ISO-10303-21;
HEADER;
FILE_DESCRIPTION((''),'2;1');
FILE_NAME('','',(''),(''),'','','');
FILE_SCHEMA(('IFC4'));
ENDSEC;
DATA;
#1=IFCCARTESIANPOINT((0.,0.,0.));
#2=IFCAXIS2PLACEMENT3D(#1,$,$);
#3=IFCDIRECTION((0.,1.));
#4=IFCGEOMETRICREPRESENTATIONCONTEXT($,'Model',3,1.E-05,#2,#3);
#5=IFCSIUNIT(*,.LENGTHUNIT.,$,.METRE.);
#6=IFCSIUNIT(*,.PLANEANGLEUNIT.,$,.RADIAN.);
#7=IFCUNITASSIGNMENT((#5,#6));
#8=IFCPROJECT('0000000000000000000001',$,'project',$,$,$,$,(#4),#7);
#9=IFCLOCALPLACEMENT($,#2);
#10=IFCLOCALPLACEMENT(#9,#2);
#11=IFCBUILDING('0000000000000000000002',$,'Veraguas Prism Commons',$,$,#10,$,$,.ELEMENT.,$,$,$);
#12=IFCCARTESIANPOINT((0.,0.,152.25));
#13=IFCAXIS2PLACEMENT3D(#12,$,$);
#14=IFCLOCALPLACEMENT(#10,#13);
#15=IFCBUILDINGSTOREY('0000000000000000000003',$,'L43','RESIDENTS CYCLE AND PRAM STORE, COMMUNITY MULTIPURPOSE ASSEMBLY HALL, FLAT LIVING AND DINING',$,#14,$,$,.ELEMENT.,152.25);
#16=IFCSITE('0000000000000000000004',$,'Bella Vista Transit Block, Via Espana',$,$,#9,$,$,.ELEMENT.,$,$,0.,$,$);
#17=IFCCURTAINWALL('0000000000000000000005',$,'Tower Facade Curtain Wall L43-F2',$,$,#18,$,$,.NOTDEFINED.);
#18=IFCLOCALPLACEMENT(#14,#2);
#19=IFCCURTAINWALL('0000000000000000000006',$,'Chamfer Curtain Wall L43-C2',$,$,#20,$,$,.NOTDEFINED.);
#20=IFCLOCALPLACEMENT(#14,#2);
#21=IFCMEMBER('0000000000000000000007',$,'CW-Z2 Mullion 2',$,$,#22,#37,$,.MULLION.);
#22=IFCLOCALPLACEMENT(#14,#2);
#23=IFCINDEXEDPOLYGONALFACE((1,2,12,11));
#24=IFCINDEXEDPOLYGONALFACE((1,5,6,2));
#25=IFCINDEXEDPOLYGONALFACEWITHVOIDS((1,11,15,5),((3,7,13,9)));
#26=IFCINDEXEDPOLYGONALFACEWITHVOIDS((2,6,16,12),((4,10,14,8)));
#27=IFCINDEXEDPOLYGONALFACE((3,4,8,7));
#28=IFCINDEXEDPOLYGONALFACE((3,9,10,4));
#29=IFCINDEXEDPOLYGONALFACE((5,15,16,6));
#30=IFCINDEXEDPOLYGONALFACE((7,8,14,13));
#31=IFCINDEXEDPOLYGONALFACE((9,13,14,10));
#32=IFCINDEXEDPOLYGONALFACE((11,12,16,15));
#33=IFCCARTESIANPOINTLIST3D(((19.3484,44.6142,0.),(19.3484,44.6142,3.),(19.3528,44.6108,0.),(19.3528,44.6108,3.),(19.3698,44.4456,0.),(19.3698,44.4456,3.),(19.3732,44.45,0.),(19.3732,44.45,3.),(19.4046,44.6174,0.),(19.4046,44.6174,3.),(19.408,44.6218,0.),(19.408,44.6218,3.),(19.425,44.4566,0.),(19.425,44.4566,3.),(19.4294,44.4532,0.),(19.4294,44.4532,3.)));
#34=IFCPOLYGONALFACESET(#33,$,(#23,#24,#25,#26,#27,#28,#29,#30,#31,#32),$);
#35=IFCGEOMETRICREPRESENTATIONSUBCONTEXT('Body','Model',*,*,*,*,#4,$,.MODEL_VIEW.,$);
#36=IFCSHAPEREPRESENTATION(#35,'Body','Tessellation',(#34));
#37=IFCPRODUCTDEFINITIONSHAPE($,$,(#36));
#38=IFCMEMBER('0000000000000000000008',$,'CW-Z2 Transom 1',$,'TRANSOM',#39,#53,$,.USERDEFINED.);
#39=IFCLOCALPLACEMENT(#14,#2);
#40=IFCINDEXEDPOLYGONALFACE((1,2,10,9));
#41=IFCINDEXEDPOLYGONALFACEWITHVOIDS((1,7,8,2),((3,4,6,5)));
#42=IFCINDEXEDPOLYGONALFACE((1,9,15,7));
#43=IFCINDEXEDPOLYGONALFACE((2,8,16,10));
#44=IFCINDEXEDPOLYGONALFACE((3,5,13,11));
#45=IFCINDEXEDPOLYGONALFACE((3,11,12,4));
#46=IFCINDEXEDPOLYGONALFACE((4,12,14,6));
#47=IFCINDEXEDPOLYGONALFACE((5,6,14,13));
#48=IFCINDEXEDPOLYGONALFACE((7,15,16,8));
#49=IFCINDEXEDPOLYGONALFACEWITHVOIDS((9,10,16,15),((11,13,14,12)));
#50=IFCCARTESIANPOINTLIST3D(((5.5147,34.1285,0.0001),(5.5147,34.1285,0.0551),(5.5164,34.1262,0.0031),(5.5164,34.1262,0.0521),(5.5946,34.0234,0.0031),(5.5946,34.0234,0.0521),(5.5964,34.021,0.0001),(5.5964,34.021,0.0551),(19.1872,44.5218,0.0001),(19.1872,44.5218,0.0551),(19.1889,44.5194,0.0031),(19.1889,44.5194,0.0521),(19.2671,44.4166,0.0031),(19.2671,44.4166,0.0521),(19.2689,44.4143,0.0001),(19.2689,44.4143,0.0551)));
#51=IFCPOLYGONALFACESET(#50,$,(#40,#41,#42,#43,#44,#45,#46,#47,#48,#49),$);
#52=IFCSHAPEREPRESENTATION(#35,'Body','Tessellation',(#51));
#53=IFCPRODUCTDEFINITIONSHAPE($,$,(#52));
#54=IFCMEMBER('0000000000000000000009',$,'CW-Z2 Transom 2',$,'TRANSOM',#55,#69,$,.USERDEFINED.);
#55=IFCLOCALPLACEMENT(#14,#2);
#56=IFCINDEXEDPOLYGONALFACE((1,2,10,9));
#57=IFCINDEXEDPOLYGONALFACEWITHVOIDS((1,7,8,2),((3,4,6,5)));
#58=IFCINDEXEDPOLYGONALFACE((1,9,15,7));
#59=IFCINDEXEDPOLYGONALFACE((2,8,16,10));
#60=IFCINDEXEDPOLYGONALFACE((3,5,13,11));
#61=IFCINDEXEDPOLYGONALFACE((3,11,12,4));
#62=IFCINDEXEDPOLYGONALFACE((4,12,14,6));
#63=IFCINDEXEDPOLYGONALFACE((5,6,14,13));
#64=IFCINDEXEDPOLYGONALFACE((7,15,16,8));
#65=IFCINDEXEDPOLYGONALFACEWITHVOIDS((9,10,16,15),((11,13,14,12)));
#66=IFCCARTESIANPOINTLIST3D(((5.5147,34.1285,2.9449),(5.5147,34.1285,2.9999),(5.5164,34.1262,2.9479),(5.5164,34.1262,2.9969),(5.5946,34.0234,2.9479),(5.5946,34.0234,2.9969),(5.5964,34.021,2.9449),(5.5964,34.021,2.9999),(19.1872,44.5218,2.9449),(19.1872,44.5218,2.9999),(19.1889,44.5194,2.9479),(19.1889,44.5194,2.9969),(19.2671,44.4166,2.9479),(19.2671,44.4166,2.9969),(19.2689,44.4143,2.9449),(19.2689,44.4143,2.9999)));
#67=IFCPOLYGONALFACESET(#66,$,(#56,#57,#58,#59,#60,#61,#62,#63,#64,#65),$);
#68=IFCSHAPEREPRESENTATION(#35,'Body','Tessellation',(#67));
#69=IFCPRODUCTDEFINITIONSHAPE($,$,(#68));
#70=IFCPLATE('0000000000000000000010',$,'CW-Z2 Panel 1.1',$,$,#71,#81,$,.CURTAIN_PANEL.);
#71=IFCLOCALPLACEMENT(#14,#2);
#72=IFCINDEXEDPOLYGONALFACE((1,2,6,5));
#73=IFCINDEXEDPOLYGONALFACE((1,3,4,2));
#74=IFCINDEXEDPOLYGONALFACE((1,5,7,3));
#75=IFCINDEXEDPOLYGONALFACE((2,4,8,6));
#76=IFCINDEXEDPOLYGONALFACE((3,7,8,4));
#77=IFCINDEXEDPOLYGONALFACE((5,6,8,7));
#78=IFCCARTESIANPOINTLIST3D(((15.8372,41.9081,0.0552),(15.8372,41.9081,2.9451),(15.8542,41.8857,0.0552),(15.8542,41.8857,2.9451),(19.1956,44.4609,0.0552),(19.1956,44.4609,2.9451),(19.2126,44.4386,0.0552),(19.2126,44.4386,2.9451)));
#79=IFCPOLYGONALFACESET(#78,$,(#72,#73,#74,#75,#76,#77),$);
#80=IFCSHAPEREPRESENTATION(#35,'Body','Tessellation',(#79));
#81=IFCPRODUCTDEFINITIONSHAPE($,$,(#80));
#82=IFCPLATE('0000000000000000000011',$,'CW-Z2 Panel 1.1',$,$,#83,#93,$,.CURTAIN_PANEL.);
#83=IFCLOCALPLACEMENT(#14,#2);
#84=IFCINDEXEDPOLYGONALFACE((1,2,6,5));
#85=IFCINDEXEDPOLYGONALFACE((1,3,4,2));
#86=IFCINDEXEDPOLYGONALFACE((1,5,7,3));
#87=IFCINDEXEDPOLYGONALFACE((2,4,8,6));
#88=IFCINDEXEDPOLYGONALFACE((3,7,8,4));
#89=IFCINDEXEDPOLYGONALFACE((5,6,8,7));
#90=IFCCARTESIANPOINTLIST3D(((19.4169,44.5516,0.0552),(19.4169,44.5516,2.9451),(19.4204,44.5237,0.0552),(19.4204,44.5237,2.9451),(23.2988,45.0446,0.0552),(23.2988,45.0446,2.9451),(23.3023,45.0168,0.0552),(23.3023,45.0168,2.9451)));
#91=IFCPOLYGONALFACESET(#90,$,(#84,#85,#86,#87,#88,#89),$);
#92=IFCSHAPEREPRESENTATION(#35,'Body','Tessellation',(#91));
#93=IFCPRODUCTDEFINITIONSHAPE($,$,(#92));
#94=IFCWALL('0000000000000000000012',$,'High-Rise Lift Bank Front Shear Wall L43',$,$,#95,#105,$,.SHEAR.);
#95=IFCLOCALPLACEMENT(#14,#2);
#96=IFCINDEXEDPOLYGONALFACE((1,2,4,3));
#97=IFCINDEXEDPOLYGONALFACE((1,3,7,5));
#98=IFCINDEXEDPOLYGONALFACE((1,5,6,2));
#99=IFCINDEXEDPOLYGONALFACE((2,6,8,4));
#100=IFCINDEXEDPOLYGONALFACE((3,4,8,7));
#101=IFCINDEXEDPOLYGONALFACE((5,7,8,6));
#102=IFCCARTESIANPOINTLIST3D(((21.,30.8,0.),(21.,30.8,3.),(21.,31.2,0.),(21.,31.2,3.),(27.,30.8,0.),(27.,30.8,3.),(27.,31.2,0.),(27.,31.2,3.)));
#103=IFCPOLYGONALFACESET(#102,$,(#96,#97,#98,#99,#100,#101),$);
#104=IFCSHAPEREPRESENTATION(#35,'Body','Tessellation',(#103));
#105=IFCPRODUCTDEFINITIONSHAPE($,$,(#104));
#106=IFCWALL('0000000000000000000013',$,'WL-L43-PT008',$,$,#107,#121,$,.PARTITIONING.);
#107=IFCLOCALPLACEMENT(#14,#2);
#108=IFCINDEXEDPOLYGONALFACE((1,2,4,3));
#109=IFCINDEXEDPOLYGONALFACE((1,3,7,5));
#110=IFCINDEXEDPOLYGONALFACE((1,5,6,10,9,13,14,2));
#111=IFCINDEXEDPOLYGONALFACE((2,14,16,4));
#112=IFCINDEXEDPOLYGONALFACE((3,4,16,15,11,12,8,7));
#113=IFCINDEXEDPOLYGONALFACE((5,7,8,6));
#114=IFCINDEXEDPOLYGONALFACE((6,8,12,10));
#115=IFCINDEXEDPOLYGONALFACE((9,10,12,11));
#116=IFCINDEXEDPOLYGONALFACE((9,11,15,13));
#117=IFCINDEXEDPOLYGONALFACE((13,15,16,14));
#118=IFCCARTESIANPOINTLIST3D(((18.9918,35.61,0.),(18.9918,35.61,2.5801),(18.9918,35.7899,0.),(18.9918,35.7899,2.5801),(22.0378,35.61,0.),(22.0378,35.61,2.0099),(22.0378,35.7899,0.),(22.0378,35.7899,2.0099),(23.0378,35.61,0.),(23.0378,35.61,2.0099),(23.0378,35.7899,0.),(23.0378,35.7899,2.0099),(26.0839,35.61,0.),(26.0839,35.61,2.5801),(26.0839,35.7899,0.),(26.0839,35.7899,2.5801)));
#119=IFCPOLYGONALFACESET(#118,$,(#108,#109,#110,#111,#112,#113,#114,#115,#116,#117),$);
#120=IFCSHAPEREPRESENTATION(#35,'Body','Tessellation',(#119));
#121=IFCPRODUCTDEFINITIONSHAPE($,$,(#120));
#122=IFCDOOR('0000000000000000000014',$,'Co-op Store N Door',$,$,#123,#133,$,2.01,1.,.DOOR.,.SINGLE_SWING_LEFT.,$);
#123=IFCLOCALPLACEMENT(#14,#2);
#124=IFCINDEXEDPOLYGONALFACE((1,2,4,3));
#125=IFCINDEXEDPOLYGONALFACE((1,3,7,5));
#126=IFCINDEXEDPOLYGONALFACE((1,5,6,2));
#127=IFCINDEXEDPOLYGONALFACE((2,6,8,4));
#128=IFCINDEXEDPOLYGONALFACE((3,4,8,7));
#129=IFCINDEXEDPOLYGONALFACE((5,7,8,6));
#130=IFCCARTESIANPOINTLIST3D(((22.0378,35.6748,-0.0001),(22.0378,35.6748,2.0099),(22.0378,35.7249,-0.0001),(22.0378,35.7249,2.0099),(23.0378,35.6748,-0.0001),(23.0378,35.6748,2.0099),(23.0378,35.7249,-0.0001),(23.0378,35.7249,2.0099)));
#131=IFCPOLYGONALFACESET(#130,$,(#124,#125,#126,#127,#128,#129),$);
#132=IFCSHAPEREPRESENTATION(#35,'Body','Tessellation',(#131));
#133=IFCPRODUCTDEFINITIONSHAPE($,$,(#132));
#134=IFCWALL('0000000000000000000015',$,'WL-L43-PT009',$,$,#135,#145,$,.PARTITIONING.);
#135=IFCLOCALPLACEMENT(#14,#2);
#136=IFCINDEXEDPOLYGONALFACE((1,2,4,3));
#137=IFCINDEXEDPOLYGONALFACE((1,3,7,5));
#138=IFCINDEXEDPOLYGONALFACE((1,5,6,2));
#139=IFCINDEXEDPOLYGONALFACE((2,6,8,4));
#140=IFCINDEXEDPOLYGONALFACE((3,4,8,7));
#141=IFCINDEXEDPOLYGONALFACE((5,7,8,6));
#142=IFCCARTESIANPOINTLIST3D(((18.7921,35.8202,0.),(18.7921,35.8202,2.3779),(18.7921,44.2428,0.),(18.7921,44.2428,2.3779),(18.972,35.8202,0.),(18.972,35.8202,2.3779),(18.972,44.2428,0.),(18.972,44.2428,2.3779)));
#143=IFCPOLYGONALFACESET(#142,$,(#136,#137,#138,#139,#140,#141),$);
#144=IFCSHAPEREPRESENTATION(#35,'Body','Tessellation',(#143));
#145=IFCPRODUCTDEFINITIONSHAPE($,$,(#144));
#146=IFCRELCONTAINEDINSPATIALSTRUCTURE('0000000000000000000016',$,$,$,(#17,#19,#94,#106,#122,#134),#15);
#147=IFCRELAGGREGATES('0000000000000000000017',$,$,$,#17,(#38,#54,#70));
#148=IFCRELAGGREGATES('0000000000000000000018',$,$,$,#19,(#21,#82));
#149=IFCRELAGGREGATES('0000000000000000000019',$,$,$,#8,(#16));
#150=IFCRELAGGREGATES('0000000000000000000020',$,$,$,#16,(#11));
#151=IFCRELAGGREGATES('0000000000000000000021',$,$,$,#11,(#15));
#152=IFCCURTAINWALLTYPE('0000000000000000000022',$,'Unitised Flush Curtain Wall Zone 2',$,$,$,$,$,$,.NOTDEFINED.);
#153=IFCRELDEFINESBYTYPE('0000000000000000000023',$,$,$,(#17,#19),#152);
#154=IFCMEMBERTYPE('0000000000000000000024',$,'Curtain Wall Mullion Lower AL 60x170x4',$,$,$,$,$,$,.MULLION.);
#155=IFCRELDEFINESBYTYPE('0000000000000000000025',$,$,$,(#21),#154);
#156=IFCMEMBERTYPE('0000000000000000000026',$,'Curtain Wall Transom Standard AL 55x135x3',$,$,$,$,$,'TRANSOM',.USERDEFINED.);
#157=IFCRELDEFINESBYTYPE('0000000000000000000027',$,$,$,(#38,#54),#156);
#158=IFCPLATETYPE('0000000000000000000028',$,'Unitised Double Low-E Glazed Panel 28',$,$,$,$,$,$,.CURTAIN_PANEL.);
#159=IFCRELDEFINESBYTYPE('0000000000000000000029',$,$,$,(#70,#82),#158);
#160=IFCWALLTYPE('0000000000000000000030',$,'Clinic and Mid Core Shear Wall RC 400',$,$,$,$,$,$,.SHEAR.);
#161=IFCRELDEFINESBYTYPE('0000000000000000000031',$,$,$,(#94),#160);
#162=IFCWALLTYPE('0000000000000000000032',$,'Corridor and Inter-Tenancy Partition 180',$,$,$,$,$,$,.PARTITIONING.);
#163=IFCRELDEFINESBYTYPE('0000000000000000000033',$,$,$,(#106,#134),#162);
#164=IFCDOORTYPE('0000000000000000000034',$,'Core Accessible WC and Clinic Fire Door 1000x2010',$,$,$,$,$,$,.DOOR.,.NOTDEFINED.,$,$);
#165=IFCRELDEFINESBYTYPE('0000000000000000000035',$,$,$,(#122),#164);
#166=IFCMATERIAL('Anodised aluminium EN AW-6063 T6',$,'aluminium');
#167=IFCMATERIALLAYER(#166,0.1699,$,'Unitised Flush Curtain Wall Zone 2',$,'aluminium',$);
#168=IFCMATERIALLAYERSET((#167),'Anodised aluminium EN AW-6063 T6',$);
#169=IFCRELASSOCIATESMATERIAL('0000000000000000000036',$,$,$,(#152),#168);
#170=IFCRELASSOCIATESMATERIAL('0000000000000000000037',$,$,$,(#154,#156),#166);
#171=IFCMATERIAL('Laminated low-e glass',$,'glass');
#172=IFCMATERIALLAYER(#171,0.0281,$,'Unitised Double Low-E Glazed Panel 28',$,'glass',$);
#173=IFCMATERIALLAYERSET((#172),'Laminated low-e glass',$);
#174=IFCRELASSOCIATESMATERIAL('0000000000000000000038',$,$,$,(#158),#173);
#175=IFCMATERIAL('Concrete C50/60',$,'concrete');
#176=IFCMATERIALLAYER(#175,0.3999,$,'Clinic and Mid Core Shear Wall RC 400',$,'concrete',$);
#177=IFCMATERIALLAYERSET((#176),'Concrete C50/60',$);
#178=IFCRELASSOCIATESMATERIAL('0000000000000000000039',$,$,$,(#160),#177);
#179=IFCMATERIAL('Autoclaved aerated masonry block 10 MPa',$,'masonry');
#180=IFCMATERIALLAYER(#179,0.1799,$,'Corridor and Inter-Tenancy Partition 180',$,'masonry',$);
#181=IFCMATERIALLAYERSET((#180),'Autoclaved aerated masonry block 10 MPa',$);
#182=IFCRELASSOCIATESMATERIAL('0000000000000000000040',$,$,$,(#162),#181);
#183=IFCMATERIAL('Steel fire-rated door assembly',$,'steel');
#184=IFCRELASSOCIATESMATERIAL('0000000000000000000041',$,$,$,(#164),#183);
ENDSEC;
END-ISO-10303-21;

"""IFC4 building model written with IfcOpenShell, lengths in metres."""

from ifc_helpers import new_model, si_unit, direction, frame, frame_2d, origin, origin_2d, place, context, subcontext, project, spatial, rectangle, hollow_rectangle, extrude, source, transform, mapped, material, layer, layer_set, material_profile, profile_set, type_object, element, fill, aggregate, save


model = new_model("IFC4")

# Units and contexts
model_context = context("Model", 3, precision=1e-05, world=origin(), true_north=direction((0.0, 1.0)))
body_context = subcontext(model_context, "Body", "Model", "MODEL_VIEW")
ifc_project = project(units=[si_unit("LENGTHUNIT", "METRE"), si_unit("PLANEANGLEUNIT", "RADIAN")], contexts=[model_context])

# Site, building, storey
site_placement = place(None, origin())
site = spatial("IfcSite", under=ifc_project, at=site_placement, Name="Bella Vista Transit Block, Via Espana", CompositionType="ELEMENT", RefElevation=0.0)
building_placement = place(site_placement, origin())
building = spatial("IfcBuilding", under=site, at=building_placement, Name="Veraguas Prism Commons", CompositionType="ELEMENT")
storey_placement = place(building_placement, frame((0.0, 0.0, 152.25)))
storey = spatial("IfcBuildingStorey", under=building, at=storey_placement, Name="L43", Description="RESIDENTS CYCLE AND PRAM STORE, COMMUNITY MULTIPURPOSE ASSEMBLY HALL, FLAT LIVING AND DINING", CompositionType="ELEMENT", Elevation=152.25)

# Shared definitions
ifc_material_1 = material(Name="Concrete C50/60", Category="concrete")

# Curtain walls, member
ifc_material_2 = material(Name="Anodised aluminium EN AW-6063 T6", Category="aluminium")
ifc_layer_1 = layer(ifc_material_2, 0.1699, Name="Unitised Flush Curtain Wall Zone 2", Category="aluminium")
ifc_layer_set_1 = layer_set([ifc_layer_1], Name="Anodised aluminium EN AW-6063 T6")
curtain_wall_type = type_object("IfcCurtainWallType", Name="Unitised Flush Curtain Wall Zone 2", PredefinedType="NOTDEFINED", material=ifc_layer_set_1)
curtain_wall_1_placement = place(storey_placement, origin())
curtain_wall_1 = element("IfcCurtainWall", 1, at=curtain_wall_1_placement, inside=storey, type_object=curtain_wall_type, Name="Tower Facade Curtain Wall L43-F2", PredefinedType="NOTDEFINED")
ifc_material_profile_1 = material_profile(ifc_material_2, hollow_rectangle(XDim=0.0601, YDim=0.1699, WallThickness=0.0039, at=origin_2d()), Name="AL60X170X4")
ifc_profile_set_1 = profile_set([ifc_material_profile_1], Name="Anodised aluminium EN AW-6063 T6")
member_type_1 = type_object("IfcMemberType", Name="Curtain Wall Mullion Lower AL 60x170x4", PredefinedType="MULLION", material=ifc_profile_set_1)
shared_shape_1 = source(origin(), body_context, "Body", "SweptSolid", [
    extrude(hollow_rectangle(XDim=0.0601, YDim=0.1699, WallThickness=0.0039, at=origin_2d()), origin(), (0.0, 0.0, 1.0), 3.0),
])
curtain_wall_2_placement = place(storey_placement, origin())
curtain_wall_2 = element("IfcCurtainWall", 2, at=curtain_wall_2_placement, inside=storey, type_object=curtain_wall_type, Name="Chamfer Curtain Wall L43-C2", PredefinedType="NOTDEFINED")
member_1_placement = place(storey_placement, frame((19.3889, 44.5337, 0.0), z_axis=(0.0, 0.0, 1.0), x_axis=(-0.99203, -0.126005, 0.0)))
member_1 = element("IfcMember", 3, at=member_1_placement, type_object=member_type_1, Name="CW-Z2 Mullion 2", PredefinedType="MULLION", context=body_context, shape_type="MappedRepresentation", body=[
    mapped(shared_shape_1, transform((0.0, 0.0, 0.0), scale=1.0)),
])

# Members
ifc_material_profile_2 = material_profile(ifc_material_2, hollow_rectangle(XDim=0.0549, YDim=0.135, WallThickness=0.0029, at=origin_2d()), Name="AL55X135X3")
ifc_profile_set_2 = profile_set([ifc_material_profile_2], Name="Anodised aluminium EN AW-6063 T6")
member_type_2 = type_object("IfcMemberType", Name="Curtain Wall Transom Standard AL 55x135x3", ElementType="TRANSOM", PredefinedType="USERDEFINED", material=ifc_profile_set_2)
shared_shape_2 = source(origin(), body_context, "Body", "SweptSolid", [
    extrude(hollow_rectangle(XDim=0.0549, YDim=0.135, WallThickness=0.0029, at=origin_2d()), origin(), (0.0, 0.0, 1.0), 17.1743),
])
member_2_placement = place(storey_placement, frame((19.228, 44.468, 0.0276), z_axis=(-0.796102, -0.605162, 0.0), x_axis=(0.0, 0.0, 1.0)))
member_2 = element("IfcMember", 4, at=member_2_placement, type_object=member_type_2, Name="CW-Z2 Transom 1", ObjectType="TRANSOM", PredefinedType="USERDEFINED", context=body_context, shape_type="MappedRepresentation", body=[
    mapped(shared_shape_2, transform((0.0, 0.0, 0.0), scale=1.0)),
])
member_3_placement = place(storey_placement, frame((19.228, 44.468, 2.9724), z_axis=(-0.796102, -0.605162, 0.0), x_axis=(0.0, 0.0, 1.0)))
member_3 = element("IfcMember", 5, at=member_3_placement, type_object=member_type_2, Name="CW-Z2 Transom 2", ObjectType="TRANSOM", PredefinedType="USERDEFINED", context=body_context, shape_type="MappedRepresentation", body=[
    mapped(shared_shape_2, transform((0.0, 0.0, 0.0), scale=1.0)),
])

# Plates
ifc_material_3 = material(Name="Laminated low-e glass", Category="glass")
ifc_layer_2 = layer(ifc_material_3, 0.0281, Name="Unitised Double Low-E Glazed Panel 28", Category="glass")
ifc_layer_set_2 = layer_set([ifc_layer_2], Name="Laminated low-e glass")
plate_type = type_object("IfcPlateType", Name="Unitised Double Low-E Glazed Panel 28", PredefinedType="CURTAIN_PANEL", material=ifc_layer_set_2)
shared_shape_3 = source(origin(), body_context, "Body", "SweptSolid", [
    extrude(rectangle(XDim=4.2185, YDim=0.0281, at=origin_2d()), origin(), (0.0, 0.0, 1.0), 2.8899),
])
plate_1_placement = place(storey_placement, frame((17.5249, 43.1733, 0.0552), z_axis=(0.0, 0.0, 1.0), x_axis=(-0.796104, -0.605159, 0.0)))
plate_1 = element("IfcPlate", 6, at=plate_1_placement, type_object=plate_type, Name="CW-Z2 Panel 1.1", PredefinedType="CURTAIN_PANEL", context=body_context, shape_type="MappedRepresentation", body=[
    mapped(shared_shape_3, transform((0.0, 0.0, 0.0), scale=1.0)),
])
aggregate(curtain_wall_1, [member_2, member_3, plate_1])
shared_shape_4 = source(origin(), body_context, "Body", "SweptSolid", [
    extrude(rectangle(XDim=3.9131, YDim=0.0281, at=origin_2d()), origin(), (0.0, 0.0, 1.0), 2.8899),
])
plate_2_placement = place(storey_placement, frame((21.3596, 44.7842, 0.0552), z_axis=(0.0, 0.0, 1.0), x_axis=(-0.99203, -0.126005, 0.0)))
plate_2 = element("IfcPlate", 7, at=plate_2_placement, type_object=plate_type, Name="CW-Z2 Panel 1.1", PredefinedType="CURTAIN_PANEL", context=body_context, shape_type="MappedRepresentation", body=[
    mapped(shared_shape_4, transform((0.0, 0.0, 0.0), scale=1.0)),
])
aggregate(curtain_wall_2, [member_1, plate_2])

# Wall
ifc_layer_3 = layer(ifc_material_1, 0.3999, Name="Clinic and Mid Core Shear Wall RC 400", Category="concrete")
ifc_layer_set_3 = layer_set([ifc_layer_3], Name="Concrete C50/60")
wall_type_1 = type_object("IfcWallType", Name="Clinic and Mid Core Shear Wall RC 400", PredefinedType="SHEAR", material=ifc_layer_set_3)
wall_1_placement = place(storey_placement, frame((21.0, 31.0, 0.0), z_axis=(0.0, 0.0, 1.0), x_axis=(1.0, 0.0, 0.0)))
element("IfcWall", 8, at=wall_1_placement, inside=storey, type_object=wall_type_1, Name="High-Rise Lift Bank Front Shear Wall L43", PredefinedType="SHEAR", context=body_context, shape_type="SweptSolid", body=[
    extrude(rectangle(XDim=6.0, YDim=0.3999, at=frame_2d((3.0, 0.0))), origin(), (0.0, 0.0, 1.0), 3.0),
])

# Wall, opening, door
ifc_material_4 = material(Name="Autoclaved aerated masonry block 10 MPa", Category="masonry")
ifc_layer_4 = layer(ifc_material_4, 0.1799, Name="Corridor and Inter-Tenancy Partition 180", Category="masonry")
ifc_layer_set_4 = layer_set([ifc_layer_4], Name="Autoclaved aerated masonry block 10 MPa")
wall_type_2 = type_object("IfcWallType", Name="Corridor and Inter-Tenancy Partition 180", PredefinedType="PARTITIONING", material=ifc_layer_set_4)
wall_2_placement = place(storey_placement, frame((18.9919, 35.7, 0.0), z_axis=(0.0, 0.0, 1.0), x_axis=(1.0, 0.0, 0.0)))
wall_2 = element("IfcWall", 9, at=wall_2_placement, inside=storey, type_object=wall_type_2, Name="WL-L43-PT008", PredefinedType="PARTITIONING", context=body_context, shape_type="SweptSolid", body=[
    extrude(rectangle(XDim=7.092, YDim=0.1799, at=frame_2d((3.5459, 0.0))), origin(), (0.0, 0.0, 1.0), 2.5801),
])
opening_placement = place(wall_2_placement, frame((3.0459, 0.0, 0.0)))
opening = element("IfcOpeningElement", 10, at=opening_placement, cuts=wall_2, PredefinedType="OPENING", context=body_context, shape_type="SweptSolid", body=[
    extrude(rectangle(XDim=1.0, YDim=2.01, at=frame_2d((0.5, 1.0049))), frame((0.0, 0.0999, 0.0), z_axis=(0.0, -1.0, 0.0), x_axis=(1.0, 0.0, 0.0)), (0.0, 0.0, 1.0), 0.2),
])
ifc_material_5 = material(Name="Steel fire-rated door assembly", Category="steel")
door_type = type_object("IfcDoorType", Name="Core Accessible WC and Clinic Fire Door 1000x2010", OperationType="NOTDEFINED", PredefinedType="DOOR", material=ifc_material_5)
shared_shape_5 = source(origin(), body_context, "Body", "SweptSolid", [
    extrude(rectangle(XDim=1.0, YDim=2.01, at=frame_2d((0.5, 1.0049))), frame((0.0, 0.0249, 0.0), z_axis=(0.0, -1.0, 0.0), x_axis=(1.0, 0.0, 0.0)), (0.0, 0.0, 1.0), 0.05),
])
door_placement = place(opening_placement, origin())
door = element("IfcDoor", 11, at=door_placement, inside=storey, type_object=door_type, Name="Co-op Store N Door", OperationType="SINGLE_SWING_LEFT", OverallHeight=2.01, OverallWidth=1.0, PredefinedType="DOOR", context=body_context, shape_type="MappedRepresentation", body=[
    mapped(shared_shape_5, transform((0.0, 0.0, 0.0), scale=1.0)),
])
fill(opening, door)

# Wall
wall_3_placement = place(storey_placement, frame((18.8821, 35.8201, 0.0), z_axis=(0.0, 0.0, 1.0), x_axis=(0.0, 1.0, 0.0)))
element("IfcWall", 12, at=wall_3_placement, inside=storey, type_object=wall_type_2, Name="WL-L43-PT009", PredefinedType="PARTITIONING", context=body_context, shape_type="SweptSolid", body=[
    extrude(rectangle(XDim=8.4226, YDim=0.1799, at=frame_2d((4.2114, 0.0))), origin(), (0.0, 0.0, 1.0), 2.3779),
])

save(model, "model.ifc")
